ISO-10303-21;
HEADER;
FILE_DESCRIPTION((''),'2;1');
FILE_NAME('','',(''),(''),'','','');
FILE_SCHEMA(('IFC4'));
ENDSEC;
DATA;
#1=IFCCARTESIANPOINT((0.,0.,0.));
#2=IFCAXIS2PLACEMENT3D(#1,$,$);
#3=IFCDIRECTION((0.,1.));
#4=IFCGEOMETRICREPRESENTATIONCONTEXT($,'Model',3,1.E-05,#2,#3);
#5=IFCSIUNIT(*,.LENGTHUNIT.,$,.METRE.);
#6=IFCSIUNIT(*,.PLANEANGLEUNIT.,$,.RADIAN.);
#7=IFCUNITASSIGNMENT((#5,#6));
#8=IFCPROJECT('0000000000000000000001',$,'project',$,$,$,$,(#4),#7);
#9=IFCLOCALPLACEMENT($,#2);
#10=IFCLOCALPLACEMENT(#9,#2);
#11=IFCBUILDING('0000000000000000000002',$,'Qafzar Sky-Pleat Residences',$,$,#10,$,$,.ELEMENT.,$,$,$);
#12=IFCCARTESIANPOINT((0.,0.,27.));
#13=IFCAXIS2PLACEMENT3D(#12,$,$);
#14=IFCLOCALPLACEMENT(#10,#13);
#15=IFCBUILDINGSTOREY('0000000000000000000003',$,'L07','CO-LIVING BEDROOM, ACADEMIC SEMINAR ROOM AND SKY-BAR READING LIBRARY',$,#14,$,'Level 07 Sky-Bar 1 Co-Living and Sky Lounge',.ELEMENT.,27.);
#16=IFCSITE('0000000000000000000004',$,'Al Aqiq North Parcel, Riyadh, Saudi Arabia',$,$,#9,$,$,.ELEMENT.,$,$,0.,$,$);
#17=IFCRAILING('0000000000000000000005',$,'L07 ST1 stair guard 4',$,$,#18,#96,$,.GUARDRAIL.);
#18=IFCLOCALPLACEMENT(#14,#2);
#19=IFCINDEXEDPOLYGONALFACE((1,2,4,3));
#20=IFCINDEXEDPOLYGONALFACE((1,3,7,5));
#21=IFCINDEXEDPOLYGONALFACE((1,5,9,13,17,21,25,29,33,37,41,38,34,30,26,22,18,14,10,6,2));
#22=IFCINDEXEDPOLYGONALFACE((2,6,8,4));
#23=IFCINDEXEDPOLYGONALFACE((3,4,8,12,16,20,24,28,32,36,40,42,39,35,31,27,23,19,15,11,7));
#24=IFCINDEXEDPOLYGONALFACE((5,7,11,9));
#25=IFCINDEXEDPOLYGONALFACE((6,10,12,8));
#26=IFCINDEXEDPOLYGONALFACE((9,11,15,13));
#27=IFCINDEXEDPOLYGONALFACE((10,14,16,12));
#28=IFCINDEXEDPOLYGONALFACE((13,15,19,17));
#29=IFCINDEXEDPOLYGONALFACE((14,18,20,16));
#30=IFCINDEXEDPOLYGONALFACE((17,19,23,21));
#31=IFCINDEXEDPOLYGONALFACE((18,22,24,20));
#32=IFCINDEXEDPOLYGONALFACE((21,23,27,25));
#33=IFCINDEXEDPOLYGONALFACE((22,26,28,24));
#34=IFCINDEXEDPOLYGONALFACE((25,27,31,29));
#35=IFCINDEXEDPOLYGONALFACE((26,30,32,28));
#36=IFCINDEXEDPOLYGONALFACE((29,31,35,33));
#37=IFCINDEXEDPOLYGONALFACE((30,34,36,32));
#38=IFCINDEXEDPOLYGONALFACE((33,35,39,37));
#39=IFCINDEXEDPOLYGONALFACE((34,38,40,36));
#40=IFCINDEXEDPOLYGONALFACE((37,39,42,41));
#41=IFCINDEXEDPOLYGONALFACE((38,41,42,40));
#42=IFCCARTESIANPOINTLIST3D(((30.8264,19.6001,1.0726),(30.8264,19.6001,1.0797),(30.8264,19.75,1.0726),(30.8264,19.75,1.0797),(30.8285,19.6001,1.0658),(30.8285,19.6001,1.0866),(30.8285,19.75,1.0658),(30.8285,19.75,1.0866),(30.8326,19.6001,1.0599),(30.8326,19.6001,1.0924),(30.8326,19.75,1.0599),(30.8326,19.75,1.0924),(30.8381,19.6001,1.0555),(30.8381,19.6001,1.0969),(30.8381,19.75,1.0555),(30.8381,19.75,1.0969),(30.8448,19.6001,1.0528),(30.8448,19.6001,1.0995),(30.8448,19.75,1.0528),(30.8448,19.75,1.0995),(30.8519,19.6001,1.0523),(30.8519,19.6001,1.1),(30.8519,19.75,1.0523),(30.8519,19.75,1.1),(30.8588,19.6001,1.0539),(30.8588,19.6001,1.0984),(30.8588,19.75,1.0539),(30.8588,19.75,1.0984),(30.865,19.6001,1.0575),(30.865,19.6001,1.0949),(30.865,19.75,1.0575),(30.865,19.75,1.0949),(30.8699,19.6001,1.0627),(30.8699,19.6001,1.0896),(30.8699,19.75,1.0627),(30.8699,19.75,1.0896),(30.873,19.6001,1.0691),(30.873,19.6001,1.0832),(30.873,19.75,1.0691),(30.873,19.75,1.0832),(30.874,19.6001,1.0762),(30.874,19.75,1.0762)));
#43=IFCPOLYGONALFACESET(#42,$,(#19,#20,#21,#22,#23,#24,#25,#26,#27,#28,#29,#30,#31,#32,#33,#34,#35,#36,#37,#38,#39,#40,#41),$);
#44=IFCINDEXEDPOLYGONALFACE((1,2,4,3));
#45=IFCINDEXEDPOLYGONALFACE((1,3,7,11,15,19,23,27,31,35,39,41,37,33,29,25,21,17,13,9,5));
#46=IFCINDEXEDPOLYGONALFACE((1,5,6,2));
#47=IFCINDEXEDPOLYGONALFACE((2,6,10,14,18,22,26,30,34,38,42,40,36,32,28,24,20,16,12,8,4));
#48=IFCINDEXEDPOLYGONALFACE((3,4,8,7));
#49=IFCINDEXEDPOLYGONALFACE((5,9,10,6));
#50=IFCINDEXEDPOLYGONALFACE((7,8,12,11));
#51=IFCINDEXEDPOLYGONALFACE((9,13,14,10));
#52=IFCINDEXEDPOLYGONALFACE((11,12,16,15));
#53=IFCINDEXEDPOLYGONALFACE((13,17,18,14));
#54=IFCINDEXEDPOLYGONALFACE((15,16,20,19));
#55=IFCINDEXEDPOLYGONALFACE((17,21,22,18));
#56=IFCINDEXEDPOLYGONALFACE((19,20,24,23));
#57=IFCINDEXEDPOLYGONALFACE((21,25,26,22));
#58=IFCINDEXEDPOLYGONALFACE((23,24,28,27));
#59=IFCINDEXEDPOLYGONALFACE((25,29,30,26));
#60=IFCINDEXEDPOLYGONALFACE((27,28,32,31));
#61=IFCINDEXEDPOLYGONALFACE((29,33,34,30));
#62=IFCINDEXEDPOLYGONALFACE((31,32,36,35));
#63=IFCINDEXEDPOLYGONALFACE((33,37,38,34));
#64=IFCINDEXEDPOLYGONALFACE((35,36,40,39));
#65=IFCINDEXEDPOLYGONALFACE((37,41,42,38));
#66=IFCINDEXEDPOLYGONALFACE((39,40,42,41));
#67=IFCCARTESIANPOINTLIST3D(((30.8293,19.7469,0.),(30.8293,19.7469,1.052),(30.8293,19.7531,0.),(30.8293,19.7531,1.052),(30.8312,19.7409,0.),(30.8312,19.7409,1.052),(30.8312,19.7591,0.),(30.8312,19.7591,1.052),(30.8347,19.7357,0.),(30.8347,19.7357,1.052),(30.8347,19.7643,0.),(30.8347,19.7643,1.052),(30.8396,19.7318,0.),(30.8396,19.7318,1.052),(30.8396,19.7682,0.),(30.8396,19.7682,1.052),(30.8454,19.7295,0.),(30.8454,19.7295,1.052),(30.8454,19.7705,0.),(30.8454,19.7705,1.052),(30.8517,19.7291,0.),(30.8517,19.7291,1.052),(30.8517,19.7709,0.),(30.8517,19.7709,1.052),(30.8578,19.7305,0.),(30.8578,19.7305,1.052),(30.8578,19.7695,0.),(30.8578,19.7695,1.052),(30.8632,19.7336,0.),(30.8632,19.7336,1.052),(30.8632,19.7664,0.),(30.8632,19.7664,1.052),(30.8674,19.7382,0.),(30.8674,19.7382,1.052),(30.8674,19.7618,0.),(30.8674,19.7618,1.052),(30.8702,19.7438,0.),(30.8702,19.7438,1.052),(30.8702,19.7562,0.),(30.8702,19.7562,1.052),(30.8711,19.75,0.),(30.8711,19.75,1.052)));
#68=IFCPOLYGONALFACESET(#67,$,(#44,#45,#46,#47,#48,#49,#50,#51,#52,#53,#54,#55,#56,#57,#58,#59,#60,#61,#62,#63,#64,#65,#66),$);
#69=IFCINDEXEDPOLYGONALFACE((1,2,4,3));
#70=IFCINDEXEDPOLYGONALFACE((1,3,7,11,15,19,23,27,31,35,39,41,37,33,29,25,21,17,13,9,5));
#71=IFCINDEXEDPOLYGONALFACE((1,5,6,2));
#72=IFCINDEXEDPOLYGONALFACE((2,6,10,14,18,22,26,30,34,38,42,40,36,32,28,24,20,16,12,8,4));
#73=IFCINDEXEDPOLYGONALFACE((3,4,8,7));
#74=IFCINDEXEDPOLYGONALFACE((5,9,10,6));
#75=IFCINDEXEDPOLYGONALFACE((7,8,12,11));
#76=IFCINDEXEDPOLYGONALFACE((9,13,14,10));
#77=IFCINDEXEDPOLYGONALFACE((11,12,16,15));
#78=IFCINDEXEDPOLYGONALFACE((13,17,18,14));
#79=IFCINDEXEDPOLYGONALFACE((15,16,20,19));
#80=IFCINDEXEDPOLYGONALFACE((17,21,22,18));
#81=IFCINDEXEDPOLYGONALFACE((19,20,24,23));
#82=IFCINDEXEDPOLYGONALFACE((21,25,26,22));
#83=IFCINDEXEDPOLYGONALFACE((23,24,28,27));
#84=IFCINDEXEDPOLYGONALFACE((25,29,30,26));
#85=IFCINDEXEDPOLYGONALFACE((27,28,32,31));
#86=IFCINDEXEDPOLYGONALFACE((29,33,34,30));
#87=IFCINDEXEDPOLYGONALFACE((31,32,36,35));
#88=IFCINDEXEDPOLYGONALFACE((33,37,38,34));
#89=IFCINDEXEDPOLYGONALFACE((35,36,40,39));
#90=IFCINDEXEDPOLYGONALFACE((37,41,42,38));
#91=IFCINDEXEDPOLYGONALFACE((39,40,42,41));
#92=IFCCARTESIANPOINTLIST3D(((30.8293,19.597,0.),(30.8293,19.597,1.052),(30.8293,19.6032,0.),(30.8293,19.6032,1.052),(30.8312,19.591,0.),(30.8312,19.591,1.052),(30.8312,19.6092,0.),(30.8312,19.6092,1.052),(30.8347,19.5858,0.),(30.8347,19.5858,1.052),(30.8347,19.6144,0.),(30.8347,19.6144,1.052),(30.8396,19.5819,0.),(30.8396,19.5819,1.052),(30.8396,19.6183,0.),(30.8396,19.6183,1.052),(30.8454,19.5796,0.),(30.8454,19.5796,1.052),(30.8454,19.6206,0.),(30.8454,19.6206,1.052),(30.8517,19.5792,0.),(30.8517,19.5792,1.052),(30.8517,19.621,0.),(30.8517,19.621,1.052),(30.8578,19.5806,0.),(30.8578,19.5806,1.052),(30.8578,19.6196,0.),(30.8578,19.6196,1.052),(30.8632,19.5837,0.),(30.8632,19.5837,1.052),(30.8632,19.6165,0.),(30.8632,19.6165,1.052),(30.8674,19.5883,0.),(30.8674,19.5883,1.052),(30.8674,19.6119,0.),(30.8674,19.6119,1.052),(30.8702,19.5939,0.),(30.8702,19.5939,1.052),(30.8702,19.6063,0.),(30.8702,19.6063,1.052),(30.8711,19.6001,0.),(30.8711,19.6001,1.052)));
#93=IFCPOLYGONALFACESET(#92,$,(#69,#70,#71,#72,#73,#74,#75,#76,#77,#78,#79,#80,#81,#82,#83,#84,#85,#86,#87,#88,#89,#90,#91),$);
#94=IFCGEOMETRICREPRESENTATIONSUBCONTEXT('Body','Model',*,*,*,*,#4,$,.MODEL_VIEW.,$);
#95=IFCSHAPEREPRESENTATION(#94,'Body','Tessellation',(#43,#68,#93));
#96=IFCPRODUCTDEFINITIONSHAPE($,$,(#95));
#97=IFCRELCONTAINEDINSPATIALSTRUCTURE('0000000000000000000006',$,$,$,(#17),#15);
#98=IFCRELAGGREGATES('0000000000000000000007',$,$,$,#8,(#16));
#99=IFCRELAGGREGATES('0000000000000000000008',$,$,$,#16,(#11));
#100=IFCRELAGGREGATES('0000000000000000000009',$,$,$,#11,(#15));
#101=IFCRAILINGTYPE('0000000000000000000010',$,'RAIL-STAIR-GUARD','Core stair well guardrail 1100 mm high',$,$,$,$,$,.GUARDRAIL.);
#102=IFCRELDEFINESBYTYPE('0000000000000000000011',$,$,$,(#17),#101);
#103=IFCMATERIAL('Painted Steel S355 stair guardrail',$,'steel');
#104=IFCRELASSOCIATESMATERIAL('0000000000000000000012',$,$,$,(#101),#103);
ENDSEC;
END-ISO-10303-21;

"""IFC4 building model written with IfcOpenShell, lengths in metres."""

from ifc_helpers import new_model, si_unit, direction, frame, origin, origin_2d, place, context, subcontext, project, spatial, circle, extrude, source, transform, mapped, material, type_object, element, save


model = new_model("IFC4")

# Units and contexts
model_context = context("Model", 3, precision=1e-05, world=origin(), true_north=direction((0.0, 1.0)))
body_context = subcontext(model_context, "Body", "Model", "MODEL_VIEW")
ifc_project = project(units=[si_unit("LENGTHUNIT", "METRE"), si_unit("PLANEANGLEUNIT", "RADIAN")], contexts=[model_context])

# Site, building, storey
site_placement = place(None, origin())
site = spatial("IfcSite", under=ifc_project, at=site_placement, Name="Al Aqiq North Parcel, Riyadh, Saudi Arabia", CompositionType="ELEMENT", RefElevation=0.0)
building_placement = place(site_placement, origin())
building = spatial("IfcBuilding", under=site, at=building_placement, Name="Qafzar Sky-Pleat Residences", CompositionType="ELEMENT")
storey_placement = place(building_placement, frame((0.0, 0.0, 27.0)))
storey = spatial("IfcBuildingStorey", under=building, at=storey_placement, Name="L07", Description="CO-LIVING BEDROOM, ACADEMIC SEMINAR ROOM AND SKY-BAR READING LIBRARY", LongName="Level 07 Sky-Bar 1 Co-Living and Sky Lounge", CompositionType="ELEMENT", Elevation=27.0)

# Railing
ifc_material_1 = material(Name="Painted Steel S355 stair guardrail", Category="steel")
railing_type_1 = type_object("IfcRailingType", Name="RAIL-STAIR-GUARD", Description="Core stair well guardrail 1100 mm high", PredefinedType="GUARDRAIL", material=ifc_material_1)
shared_shape_1 = source(origin(), body_context, "Body", "SweptSolid", [
    extrude(circle(Radius=0.0239, at=origin_2d()), frame((0.0, 0.0, 1.0762), z_axis=(0.0, -1.0, 0.0), x_axis=(1.0, 0.0, 0.0)), (0.0, 0.0, 1.0), 0.1499),
    extrude(circle(Radius=0.021, at=origin_2d()), origin(), (0.0, 0.0, 1.0), 1.052),
    extrude(circle(Radius=0.021, at=origin_2d()), frame((0.0, -0.1499, 0.0)), (0.0, 0.0, 1.0), 1.052),
])
railing_1_placement = place(storey_placement, frame((30.8501, 19.75, 0.0)))
element("IfcRailing", 1, at=railing_1_placement, inside=storey, type_object=railing_type_1, Name="L07 ST1 stair guard 4", PredefinedType="GUARDRAIL", context=body_context, shape_type="MappedRepresentation", body=[
    mapped(shared_shape_1, transform((0.0, 0.0, 0.0), x_axis=(1.0, 0.0, 0.0), y_axis=(0.0, 1.0, 0.0), z_axis=(0.0, 0.0, 1.0), scale=1.0)),
])

save(model, "model.ifc")
